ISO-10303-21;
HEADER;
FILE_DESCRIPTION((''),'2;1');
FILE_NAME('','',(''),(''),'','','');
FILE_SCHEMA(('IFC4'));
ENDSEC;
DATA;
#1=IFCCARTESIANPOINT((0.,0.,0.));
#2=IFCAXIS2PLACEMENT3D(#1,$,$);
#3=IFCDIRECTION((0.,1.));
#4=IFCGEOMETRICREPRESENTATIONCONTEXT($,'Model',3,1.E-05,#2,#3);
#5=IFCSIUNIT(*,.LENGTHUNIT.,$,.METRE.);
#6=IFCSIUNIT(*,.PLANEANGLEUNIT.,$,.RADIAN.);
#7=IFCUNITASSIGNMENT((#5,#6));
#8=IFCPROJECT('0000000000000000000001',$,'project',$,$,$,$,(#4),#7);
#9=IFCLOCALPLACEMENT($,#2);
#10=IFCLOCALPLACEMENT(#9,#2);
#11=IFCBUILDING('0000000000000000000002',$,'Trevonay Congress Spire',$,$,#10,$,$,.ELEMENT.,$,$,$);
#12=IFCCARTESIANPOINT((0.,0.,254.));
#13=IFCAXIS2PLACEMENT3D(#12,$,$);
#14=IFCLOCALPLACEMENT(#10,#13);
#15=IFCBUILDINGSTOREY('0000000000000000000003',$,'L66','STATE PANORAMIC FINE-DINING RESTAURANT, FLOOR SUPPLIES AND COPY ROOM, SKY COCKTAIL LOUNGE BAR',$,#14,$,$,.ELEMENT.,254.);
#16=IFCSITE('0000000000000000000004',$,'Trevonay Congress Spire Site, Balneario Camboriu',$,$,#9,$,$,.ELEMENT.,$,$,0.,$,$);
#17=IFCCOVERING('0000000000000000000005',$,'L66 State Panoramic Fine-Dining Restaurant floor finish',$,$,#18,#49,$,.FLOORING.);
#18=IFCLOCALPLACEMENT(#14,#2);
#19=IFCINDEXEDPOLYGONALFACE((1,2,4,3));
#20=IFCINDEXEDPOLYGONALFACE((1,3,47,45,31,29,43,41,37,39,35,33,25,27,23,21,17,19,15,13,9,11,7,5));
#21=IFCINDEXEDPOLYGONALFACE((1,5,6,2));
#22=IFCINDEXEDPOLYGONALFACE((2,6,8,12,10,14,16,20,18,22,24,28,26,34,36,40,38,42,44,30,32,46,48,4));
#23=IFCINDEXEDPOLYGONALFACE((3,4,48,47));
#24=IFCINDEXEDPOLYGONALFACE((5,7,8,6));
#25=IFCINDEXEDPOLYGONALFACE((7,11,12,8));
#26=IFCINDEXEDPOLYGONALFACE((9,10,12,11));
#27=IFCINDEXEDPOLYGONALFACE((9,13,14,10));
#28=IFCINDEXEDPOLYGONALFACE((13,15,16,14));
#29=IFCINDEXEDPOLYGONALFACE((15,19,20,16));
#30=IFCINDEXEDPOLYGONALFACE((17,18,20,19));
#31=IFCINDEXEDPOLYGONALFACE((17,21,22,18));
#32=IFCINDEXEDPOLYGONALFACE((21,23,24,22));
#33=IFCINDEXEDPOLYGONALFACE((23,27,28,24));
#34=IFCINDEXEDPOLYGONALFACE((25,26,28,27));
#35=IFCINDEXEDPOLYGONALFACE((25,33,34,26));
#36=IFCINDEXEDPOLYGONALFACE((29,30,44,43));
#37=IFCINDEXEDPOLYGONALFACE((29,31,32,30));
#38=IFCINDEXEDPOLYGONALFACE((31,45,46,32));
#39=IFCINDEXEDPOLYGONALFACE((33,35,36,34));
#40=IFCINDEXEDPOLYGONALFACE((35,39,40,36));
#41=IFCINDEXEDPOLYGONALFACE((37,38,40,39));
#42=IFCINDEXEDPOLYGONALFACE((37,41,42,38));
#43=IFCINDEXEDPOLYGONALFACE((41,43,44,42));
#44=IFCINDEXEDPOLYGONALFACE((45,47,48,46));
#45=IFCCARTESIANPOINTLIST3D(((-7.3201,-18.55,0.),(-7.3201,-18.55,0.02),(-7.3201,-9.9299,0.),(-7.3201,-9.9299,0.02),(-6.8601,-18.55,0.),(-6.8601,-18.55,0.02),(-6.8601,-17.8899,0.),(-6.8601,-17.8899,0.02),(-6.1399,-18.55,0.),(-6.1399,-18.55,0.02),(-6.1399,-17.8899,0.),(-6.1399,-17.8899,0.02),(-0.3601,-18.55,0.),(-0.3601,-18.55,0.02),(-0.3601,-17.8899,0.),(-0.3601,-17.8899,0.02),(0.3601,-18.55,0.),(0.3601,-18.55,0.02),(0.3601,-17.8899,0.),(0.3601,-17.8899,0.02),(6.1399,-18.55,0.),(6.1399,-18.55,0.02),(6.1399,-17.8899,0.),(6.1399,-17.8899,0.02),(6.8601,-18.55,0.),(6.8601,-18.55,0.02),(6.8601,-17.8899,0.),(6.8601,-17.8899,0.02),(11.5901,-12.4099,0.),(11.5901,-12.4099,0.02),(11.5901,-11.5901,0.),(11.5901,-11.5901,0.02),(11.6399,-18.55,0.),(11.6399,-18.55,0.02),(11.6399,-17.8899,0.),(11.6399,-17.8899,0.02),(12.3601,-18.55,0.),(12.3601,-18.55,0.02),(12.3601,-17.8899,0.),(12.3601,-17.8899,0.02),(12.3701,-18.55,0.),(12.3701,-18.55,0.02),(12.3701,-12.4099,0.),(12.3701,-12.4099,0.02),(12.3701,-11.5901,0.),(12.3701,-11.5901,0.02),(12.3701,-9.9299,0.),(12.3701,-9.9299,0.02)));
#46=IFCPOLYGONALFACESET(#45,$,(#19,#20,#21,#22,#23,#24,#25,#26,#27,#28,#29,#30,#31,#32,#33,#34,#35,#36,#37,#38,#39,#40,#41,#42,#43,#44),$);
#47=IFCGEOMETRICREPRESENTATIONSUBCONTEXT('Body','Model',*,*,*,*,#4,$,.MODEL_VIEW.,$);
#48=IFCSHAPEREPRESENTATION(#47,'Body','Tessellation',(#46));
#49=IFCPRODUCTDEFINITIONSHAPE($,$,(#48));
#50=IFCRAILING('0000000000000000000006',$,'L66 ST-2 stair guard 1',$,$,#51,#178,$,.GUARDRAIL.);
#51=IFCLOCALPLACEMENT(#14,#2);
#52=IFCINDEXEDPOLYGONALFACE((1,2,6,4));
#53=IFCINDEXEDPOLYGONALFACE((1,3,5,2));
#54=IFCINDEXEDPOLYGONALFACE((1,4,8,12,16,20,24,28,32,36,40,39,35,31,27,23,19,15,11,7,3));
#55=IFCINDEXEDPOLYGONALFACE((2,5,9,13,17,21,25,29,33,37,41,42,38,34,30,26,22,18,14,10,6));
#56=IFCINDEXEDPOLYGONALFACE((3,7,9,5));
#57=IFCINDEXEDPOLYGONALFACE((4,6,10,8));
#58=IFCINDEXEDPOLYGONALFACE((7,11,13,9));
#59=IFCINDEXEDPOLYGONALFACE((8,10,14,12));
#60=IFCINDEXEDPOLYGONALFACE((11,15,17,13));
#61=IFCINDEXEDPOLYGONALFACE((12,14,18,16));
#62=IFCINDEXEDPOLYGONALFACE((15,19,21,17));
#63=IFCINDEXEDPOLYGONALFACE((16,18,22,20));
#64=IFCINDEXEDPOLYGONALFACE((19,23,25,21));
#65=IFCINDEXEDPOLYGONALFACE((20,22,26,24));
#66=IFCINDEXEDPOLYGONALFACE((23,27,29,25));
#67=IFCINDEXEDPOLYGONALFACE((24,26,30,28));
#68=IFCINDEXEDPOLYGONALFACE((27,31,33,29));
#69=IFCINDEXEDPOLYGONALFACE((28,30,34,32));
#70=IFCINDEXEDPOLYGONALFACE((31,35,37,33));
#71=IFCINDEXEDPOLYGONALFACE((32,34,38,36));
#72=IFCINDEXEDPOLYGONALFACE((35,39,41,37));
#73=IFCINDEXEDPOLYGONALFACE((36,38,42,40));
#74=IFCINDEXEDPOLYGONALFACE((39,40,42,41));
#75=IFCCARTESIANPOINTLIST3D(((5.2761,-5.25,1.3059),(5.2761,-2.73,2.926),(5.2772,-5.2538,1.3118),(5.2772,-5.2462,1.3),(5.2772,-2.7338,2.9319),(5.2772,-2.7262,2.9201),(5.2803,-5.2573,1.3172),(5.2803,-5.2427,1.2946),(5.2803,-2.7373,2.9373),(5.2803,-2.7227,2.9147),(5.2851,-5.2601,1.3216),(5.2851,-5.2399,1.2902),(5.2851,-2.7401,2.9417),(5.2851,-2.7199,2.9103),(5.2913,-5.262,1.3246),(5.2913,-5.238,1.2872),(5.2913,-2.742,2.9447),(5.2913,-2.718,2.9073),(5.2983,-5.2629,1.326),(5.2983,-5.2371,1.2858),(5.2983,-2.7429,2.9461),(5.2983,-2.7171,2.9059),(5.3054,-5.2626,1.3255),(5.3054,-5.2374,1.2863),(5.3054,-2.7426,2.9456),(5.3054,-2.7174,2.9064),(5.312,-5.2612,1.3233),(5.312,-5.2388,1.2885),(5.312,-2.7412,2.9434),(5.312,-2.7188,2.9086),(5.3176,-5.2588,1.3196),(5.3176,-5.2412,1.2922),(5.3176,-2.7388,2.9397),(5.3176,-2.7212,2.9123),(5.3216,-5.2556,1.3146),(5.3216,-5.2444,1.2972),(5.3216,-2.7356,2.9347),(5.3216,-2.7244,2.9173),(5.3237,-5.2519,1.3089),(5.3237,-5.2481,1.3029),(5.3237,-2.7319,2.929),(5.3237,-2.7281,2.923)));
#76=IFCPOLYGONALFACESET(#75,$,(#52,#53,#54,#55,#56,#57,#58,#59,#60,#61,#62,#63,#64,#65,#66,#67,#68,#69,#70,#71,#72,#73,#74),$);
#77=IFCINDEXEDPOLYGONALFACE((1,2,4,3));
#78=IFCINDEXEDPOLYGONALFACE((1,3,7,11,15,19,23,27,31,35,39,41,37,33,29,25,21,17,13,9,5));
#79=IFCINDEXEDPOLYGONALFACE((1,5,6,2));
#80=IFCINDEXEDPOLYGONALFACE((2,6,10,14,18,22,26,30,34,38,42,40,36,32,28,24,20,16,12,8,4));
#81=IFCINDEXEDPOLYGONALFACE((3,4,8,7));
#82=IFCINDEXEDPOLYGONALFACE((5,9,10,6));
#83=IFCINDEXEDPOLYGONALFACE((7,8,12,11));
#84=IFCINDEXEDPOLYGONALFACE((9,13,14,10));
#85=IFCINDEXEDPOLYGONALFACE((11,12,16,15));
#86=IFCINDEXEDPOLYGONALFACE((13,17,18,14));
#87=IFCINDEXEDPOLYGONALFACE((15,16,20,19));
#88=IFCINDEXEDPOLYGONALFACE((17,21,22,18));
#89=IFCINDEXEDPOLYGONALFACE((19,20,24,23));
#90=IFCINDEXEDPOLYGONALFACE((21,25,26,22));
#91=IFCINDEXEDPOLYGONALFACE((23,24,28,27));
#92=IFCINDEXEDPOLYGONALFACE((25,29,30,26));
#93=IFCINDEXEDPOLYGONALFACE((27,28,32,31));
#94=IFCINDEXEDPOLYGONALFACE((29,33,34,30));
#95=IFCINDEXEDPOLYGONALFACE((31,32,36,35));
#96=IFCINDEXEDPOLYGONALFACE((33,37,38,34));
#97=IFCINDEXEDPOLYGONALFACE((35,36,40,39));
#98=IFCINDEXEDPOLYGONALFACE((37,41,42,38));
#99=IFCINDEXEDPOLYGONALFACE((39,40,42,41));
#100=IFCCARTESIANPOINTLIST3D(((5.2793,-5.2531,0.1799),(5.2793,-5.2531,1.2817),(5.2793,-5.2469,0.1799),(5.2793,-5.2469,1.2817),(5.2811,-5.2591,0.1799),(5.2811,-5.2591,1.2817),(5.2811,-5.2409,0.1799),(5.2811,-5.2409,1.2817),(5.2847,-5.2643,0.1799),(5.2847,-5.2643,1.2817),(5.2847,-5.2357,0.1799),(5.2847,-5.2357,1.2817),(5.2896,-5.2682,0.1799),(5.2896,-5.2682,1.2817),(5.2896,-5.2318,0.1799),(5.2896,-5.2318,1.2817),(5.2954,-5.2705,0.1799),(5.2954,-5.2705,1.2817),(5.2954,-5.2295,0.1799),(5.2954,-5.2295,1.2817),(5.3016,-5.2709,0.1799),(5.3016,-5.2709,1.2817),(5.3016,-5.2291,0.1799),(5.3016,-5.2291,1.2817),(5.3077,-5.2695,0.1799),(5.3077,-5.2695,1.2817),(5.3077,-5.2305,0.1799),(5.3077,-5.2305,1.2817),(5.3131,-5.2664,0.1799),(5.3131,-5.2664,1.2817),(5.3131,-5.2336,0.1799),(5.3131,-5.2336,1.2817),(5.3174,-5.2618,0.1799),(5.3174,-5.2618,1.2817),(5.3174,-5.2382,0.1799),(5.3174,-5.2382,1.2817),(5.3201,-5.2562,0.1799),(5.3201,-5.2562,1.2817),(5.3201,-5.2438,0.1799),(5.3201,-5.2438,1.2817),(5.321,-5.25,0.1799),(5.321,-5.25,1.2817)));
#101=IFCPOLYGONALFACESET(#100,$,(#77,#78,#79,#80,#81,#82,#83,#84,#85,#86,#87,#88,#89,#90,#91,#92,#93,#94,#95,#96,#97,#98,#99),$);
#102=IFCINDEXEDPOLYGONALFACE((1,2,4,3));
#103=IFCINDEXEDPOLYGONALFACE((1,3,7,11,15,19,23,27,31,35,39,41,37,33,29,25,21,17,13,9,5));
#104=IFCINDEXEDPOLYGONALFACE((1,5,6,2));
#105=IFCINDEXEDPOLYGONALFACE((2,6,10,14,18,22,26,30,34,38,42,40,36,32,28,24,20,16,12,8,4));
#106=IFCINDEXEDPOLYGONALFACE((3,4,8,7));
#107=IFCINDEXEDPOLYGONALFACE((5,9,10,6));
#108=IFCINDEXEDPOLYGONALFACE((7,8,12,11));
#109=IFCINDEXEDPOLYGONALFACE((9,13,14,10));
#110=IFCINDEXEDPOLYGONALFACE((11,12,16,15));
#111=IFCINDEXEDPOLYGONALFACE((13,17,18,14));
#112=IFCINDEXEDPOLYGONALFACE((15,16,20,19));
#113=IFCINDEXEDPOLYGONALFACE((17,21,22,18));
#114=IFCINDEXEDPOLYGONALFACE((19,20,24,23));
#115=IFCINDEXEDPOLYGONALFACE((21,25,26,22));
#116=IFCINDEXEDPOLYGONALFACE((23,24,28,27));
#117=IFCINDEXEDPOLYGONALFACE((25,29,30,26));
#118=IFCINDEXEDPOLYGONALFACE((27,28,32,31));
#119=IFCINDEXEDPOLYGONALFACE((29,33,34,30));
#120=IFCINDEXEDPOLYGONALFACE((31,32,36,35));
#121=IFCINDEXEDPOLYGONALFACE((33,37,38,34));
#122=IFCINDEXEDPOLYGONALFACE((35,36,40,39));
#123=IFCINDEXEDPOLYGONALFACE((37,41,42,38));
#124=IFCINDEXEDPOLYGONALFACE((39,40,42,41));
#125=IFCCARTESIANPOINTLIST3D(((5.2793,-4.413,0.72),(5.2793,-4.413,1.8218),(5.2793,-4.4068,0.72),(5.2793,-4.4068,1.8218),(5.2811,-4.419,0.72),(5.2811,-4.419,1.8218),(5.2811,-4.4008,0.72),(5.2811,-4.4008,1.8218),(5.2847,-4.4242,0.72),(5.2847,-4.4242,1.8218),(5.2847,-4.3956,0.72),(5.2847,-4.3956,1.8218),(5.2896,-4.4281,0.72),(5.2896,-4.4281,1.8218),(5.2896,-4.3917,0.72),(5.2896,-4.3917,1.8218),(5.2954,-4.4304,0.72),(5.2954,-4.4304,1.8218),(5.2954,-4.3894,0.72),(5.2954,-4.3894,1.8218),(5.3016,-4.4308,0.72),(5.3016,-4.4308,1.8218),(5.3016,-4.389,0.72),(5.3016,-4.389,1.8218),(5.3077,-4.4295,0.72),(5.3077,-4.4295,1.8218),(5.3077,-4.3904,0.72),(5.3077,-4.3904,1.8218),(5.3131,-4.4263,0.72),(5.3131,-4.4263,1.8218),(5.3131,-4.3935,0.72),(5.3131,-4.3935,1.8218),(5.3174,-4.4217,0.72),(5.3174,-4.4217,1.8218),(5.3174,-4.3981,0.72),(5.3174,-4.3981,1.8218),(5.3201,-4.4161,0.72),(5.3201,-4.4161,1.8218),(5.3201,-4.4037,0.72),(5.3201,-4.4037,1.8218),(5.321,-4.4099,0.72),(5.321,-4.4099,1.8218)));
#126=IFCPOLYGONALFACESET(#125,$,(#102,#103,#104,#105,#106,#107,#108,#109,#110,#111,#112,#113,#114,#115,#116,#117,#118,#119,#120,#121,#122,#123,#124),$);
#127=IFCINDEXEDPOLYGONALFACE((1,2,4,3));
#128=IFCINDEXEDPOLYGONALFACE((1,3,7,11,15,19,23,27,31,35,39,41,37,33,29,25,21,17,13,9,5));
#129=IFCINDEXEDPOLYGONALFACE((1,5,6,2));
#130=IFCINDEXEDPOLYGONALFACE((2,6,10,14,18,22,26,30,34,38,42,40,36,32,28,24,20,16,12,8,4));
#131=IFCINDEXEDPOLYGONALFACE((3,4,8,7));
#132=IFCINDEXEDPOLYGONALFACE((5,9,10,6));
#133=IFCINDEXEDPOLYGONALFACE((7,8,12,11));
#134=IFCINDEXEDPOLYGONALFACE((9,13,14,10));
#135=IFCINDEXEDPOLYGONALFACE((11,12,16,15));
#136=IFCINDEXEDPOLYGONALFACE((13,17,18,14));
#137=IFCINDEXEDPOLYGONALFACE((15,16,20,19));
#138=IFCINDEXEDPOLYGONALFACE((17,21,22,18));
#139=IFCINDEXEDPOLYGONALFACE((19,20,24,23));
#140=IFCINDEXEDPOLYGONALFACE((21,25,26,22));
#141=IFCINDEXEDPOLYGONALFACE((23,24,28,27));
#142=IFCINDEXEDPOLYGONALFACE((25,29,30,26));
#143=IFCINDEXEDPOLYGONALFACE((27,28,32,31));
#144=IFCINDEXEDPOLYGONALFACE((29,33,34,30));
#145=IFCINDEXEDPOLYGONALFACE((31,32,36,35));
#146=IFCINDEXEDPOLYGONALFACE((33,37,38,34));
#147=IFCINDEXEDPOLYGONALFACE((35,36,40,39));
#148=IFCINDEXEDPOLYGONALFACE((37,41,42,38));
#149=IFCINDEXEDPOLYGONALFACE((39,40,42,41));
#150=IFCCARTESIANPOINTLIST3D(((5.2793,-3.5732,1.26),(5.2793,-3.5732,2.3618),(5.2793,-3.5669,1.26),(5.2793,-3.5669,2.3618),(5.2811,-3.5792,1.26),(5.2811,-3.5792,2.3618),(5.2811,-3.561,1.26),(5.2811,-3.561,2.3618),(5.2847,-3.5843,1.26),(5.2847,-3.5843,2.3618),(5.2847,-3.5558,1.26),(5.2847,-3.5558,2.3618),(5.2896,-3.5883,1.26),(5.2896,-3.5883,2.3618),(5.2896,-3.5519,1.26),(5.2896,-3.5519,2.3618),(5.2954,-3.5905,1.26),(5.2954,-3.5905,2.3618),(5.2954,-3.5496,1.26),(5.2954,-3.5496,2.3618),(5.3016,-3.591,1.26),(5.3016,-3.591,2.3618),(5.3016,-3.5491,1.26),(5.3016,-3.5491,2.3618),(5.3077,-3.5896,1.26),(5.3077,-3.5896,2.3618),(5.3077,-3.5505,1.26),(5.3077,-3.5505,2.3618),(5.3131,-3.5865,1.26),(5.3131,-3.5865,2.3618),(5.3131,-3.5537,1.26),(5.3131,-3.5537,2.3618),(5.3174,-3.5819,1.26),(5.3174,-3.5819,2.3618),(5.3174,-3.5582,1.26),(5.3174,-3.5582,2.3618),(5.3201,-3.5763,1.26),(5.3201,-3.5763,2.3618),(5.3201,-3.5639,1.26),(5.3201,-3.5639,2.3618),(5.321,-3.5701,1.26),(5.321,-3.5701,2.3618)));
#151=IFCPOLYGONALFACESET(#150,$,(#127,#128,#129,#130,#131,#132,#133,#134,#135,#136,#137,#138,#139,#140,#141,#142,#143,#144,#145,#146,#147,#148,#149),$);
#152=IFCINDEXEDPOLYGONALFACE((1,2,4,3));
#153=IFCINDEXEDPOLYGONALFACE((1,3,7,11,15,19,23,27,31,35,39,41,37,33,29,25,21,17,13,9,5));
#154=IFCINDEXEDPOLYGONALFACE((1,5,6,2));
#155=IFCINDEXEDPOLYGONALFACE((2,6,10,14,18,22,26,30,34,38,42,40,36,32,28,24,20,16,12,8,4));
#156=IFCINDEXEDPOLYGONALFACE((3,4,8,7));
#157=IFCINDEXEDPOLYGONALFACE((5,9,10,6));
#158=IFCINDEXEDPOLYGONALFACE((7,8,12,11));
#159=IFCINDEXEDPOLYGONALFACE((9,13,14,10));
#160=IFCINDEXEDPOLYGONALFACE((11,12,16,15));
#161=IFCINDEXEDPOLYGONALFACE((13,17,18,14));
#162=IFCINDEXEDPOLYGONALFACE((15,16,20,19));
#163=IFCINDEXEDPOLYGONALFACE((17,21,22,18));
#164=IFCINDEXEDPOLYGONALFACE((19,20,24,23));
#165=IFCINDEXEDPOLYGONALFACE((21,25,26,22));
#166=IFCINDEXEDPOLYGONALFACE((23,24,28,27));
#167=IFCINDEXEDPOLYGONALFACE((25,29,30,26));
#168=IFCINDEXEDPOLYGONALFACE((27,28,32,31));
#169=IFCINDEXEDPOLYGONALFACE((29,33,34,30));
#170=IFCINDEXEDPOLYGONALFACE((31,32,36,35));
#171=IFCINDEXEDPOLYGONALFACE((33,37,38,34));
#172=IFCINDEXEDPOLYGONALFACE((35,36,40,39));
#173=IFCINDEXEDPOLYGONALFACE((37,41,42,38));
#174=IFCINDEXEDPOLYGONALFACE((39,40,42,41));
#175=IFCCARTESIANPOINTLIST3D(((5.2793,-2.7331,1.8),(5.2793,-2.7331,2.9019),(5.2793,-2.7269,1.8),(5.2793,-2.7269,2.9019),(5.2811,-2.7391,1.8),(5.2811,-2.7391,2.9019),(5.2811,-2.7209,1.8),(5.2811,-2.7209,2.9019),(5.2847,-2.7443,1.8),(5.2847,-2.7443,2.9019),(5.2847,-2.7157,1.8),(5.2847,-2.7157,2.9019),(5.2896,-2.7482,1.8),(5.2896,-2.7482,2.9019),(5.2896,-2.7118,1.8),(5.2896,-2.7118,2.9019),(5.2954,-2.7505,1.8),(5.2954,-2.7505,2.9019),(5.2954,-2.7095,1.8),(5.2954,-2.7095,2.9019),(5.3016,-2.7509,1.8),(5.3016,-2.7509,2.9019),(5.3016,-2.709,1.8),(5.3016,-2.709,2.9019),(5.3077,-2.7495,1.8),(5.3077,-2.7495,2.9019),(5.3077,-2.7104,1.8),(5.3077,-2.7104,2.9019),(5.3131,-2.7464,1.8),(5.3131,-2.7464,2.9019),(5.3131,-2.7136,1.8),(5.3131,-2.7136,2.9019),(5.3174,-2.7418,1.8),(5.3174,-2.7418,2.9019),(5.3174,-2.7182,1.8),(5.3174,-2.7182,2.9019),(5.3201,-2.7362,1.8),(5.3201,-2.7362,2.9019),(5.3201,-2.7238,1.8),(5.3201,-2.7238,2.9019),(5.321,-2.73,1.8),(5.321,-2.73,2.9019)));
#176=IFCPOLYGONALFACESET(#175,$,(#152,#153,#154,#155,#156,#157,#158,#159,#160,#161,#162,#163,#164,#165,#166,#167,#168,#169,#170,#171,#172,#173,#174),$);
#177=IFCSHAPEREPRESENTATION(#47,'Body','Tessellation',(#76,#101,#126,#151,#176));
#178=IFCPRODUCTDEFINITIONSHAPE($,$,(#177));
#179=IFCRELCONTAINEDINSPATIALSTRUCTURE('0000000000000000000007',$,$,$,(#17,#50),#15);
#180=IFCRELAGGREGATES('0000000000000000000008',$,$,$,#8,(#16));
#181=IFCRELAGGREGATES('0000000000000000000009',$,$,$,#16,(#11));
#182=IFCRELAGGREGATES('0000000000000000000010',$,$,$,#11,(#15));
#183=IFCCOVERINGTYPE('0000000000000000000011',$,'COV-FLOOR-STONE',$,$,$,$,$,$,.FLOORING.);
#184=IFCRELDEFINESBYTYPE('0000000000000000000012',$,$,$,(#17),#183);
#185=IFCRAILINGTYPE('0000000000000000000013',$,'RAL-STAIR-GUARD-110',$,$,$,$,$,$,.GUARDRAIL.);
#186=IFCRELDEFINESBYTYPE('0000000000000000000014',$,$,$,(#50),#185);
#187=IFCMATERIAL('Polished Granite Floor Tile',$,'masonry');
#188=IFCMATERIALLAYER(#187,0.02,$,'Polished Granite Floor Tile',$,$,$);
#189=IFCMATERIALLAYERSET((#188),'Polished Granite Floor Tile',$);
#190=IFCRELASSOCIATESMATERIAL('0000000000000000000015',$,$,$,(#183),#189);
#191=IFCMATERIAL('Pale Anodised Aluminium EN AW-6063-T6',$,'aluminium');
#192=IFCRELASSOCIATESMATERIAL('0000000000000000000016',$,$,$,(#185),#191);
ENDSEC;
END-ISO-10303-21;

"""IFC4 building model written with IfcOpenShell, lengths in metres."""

from ifc_helpers import new_model, si_unit, direction, frame, origin, origin_2d, place, context, subcontext, project, spatial, polyline, circle, outline, extrude, material, layer, layer_set, type_object, element, save


model = new_model("IFC4")

# Units and contexts
model_context = context("Model", 3, precision=1e-05, world=origin(), true_north=direction((0.0, 1.0)))
body_context = subcontext(model_context, "Body", "Model", "MODEL_VIEW")
ifc_project = project(units=[si_unit("LENGTHUNIT", "METRE"), si_unit("PLANEANGLEUNIT", "RADIAN")], contexts=[model_context])

# Site, building, storey
site_placement = place(None, origin())
site = spatial("IfcSite", under=ifc_project, at=site_placement, Name="Trevonay Congress Spire Site, Balneario Camboriu", CompositionType="ELEMENT", RefElevation=0.0)
building_placement = place(site_placement, origin())
building = spatial("IfcBuilding", under=site, at=building_placement, Name="Trevonay Congress Spire", CompositionType="ELEMENT")
storey_placement = place(building_placement, frame((0.0, 0.0, 254.0)))
storey = spatial("IfcBuildingStorey", under=building, at=storey_placement, Name="L66", Description="STATE PANORAMIC FINE-DINING RESTAURANT, FLOOR SUPPLIES AND COPY ROOM, SKY COCKTAIL LOUNGE BAR", CompositionType="ELEMENT", Elevation=254.0)

# Shared definitions
ifc_material_1 = material(Name="Pale Anodised Aluminium EN AW-6063-T6", Category="aluminium")

# Covering
ifc_material_2 = material(Name="Polished Granite Floor Tile", Category="masonry")
ifc_layer_1 = layer(ifc_material_2, 0.02, Name="Polished Granite Floor Tile")
ifc_layer_set_1 = layer_set([ifc_layer_1], Name="Polished Granite Floor Tile")
covering_type_1 = type_object("IfcCoveringType", Name="COV-FLOOR-STONE", PredefinedType="FLOORING", material=ifc_layer_set_1)
covering_1_placement = place(storey_placement, origin())
element("IfcCovering", 1, at=covering_1_placement, inside=storey, type_object=covering_type_1, Name="L66 State Panoramic Fine-Dining Restaurant floor finish", PredefinedType="FLOORING", context=body_context, shape_type="SweptSolid", body=[
    extrude(outline(polyline([(-7.3201, -18.55), (-7.3201, -9.9299), (12.3701, -9.9299), (12.3701, -11.5901), (11.5901, -11.5901), (11.5901, -12.4099), (12.3701, -12.4099), (12.3701, -18.55), (12.3601, -18.55), (12.3601, -17.8899), (11.6399, -17.8899), (11.6399, -18.55), (6.8601, -18.55), (6.8601, -17.8899), (6.1399, -17.8899), (6.1399, -18.55), (0.3601, -18.55), (0.3601, -17.8899), (-0.3601, -17.8899), (-0.3601, -18.55), (-6.1399, -18.55), (-6.1399, -17.8899), (-6.8601, -17.8899), (-6.8601, -18.55), (-7.3201, -18.55)])), origin(), (0.0, 0.0, 1.0), 0.02),
])

# Railing
railing_type_1 = type_object("IfcRailingType", Name="RAL-STAIR-GUARD-110", PredefinedType="GUARDRAIL", material=ifc_material_1)
railing_1_placement = place(storey_placement, frame((5.3, -5.25, 0.1799)))
element("IfcRailing", 2, at=railing_1_placement, inside=storey, type_object=railing_type_1, Name="L66 ST-2 stair guard 1", PredefinedType="GUARDRAIL", context=body_context, shape_type="SweptSolid", body=[
    extrude(circle(Radius=0.0239, at=origin_2d()), frame((0.0, 0.0, 1.126), z_axis=(0.0, 0.841163, 0.540782), x_axis=(-1.0, 0.0, 0.0)), (0.0, 0.0, 1.0), 2.9958),
    extrude(circle(Radius=0.021, at=origin_2d()), origin(), (0.0, 0.0, 1.0), 1.1018),
    extrude(circle(Radius=0.021, at=origin_2d()), frame((0.0, 0.8401, 0.54)), (0.0, 0.0, 1.0), 1.1018),
    extrude(circle(Radius=0.021, at=origin_2d()), frame((0.0, 1.6799, 1.0801)), (0.0, 0.0, 1.0), 1.1018),
    extrude(circle(Radius=0.021, at=origin_2d()), frame((0.0, 2.52, 1.6201)), (0.0, 0.0, 1.0), 1.1018),
])

save(model, "model.ifc")
